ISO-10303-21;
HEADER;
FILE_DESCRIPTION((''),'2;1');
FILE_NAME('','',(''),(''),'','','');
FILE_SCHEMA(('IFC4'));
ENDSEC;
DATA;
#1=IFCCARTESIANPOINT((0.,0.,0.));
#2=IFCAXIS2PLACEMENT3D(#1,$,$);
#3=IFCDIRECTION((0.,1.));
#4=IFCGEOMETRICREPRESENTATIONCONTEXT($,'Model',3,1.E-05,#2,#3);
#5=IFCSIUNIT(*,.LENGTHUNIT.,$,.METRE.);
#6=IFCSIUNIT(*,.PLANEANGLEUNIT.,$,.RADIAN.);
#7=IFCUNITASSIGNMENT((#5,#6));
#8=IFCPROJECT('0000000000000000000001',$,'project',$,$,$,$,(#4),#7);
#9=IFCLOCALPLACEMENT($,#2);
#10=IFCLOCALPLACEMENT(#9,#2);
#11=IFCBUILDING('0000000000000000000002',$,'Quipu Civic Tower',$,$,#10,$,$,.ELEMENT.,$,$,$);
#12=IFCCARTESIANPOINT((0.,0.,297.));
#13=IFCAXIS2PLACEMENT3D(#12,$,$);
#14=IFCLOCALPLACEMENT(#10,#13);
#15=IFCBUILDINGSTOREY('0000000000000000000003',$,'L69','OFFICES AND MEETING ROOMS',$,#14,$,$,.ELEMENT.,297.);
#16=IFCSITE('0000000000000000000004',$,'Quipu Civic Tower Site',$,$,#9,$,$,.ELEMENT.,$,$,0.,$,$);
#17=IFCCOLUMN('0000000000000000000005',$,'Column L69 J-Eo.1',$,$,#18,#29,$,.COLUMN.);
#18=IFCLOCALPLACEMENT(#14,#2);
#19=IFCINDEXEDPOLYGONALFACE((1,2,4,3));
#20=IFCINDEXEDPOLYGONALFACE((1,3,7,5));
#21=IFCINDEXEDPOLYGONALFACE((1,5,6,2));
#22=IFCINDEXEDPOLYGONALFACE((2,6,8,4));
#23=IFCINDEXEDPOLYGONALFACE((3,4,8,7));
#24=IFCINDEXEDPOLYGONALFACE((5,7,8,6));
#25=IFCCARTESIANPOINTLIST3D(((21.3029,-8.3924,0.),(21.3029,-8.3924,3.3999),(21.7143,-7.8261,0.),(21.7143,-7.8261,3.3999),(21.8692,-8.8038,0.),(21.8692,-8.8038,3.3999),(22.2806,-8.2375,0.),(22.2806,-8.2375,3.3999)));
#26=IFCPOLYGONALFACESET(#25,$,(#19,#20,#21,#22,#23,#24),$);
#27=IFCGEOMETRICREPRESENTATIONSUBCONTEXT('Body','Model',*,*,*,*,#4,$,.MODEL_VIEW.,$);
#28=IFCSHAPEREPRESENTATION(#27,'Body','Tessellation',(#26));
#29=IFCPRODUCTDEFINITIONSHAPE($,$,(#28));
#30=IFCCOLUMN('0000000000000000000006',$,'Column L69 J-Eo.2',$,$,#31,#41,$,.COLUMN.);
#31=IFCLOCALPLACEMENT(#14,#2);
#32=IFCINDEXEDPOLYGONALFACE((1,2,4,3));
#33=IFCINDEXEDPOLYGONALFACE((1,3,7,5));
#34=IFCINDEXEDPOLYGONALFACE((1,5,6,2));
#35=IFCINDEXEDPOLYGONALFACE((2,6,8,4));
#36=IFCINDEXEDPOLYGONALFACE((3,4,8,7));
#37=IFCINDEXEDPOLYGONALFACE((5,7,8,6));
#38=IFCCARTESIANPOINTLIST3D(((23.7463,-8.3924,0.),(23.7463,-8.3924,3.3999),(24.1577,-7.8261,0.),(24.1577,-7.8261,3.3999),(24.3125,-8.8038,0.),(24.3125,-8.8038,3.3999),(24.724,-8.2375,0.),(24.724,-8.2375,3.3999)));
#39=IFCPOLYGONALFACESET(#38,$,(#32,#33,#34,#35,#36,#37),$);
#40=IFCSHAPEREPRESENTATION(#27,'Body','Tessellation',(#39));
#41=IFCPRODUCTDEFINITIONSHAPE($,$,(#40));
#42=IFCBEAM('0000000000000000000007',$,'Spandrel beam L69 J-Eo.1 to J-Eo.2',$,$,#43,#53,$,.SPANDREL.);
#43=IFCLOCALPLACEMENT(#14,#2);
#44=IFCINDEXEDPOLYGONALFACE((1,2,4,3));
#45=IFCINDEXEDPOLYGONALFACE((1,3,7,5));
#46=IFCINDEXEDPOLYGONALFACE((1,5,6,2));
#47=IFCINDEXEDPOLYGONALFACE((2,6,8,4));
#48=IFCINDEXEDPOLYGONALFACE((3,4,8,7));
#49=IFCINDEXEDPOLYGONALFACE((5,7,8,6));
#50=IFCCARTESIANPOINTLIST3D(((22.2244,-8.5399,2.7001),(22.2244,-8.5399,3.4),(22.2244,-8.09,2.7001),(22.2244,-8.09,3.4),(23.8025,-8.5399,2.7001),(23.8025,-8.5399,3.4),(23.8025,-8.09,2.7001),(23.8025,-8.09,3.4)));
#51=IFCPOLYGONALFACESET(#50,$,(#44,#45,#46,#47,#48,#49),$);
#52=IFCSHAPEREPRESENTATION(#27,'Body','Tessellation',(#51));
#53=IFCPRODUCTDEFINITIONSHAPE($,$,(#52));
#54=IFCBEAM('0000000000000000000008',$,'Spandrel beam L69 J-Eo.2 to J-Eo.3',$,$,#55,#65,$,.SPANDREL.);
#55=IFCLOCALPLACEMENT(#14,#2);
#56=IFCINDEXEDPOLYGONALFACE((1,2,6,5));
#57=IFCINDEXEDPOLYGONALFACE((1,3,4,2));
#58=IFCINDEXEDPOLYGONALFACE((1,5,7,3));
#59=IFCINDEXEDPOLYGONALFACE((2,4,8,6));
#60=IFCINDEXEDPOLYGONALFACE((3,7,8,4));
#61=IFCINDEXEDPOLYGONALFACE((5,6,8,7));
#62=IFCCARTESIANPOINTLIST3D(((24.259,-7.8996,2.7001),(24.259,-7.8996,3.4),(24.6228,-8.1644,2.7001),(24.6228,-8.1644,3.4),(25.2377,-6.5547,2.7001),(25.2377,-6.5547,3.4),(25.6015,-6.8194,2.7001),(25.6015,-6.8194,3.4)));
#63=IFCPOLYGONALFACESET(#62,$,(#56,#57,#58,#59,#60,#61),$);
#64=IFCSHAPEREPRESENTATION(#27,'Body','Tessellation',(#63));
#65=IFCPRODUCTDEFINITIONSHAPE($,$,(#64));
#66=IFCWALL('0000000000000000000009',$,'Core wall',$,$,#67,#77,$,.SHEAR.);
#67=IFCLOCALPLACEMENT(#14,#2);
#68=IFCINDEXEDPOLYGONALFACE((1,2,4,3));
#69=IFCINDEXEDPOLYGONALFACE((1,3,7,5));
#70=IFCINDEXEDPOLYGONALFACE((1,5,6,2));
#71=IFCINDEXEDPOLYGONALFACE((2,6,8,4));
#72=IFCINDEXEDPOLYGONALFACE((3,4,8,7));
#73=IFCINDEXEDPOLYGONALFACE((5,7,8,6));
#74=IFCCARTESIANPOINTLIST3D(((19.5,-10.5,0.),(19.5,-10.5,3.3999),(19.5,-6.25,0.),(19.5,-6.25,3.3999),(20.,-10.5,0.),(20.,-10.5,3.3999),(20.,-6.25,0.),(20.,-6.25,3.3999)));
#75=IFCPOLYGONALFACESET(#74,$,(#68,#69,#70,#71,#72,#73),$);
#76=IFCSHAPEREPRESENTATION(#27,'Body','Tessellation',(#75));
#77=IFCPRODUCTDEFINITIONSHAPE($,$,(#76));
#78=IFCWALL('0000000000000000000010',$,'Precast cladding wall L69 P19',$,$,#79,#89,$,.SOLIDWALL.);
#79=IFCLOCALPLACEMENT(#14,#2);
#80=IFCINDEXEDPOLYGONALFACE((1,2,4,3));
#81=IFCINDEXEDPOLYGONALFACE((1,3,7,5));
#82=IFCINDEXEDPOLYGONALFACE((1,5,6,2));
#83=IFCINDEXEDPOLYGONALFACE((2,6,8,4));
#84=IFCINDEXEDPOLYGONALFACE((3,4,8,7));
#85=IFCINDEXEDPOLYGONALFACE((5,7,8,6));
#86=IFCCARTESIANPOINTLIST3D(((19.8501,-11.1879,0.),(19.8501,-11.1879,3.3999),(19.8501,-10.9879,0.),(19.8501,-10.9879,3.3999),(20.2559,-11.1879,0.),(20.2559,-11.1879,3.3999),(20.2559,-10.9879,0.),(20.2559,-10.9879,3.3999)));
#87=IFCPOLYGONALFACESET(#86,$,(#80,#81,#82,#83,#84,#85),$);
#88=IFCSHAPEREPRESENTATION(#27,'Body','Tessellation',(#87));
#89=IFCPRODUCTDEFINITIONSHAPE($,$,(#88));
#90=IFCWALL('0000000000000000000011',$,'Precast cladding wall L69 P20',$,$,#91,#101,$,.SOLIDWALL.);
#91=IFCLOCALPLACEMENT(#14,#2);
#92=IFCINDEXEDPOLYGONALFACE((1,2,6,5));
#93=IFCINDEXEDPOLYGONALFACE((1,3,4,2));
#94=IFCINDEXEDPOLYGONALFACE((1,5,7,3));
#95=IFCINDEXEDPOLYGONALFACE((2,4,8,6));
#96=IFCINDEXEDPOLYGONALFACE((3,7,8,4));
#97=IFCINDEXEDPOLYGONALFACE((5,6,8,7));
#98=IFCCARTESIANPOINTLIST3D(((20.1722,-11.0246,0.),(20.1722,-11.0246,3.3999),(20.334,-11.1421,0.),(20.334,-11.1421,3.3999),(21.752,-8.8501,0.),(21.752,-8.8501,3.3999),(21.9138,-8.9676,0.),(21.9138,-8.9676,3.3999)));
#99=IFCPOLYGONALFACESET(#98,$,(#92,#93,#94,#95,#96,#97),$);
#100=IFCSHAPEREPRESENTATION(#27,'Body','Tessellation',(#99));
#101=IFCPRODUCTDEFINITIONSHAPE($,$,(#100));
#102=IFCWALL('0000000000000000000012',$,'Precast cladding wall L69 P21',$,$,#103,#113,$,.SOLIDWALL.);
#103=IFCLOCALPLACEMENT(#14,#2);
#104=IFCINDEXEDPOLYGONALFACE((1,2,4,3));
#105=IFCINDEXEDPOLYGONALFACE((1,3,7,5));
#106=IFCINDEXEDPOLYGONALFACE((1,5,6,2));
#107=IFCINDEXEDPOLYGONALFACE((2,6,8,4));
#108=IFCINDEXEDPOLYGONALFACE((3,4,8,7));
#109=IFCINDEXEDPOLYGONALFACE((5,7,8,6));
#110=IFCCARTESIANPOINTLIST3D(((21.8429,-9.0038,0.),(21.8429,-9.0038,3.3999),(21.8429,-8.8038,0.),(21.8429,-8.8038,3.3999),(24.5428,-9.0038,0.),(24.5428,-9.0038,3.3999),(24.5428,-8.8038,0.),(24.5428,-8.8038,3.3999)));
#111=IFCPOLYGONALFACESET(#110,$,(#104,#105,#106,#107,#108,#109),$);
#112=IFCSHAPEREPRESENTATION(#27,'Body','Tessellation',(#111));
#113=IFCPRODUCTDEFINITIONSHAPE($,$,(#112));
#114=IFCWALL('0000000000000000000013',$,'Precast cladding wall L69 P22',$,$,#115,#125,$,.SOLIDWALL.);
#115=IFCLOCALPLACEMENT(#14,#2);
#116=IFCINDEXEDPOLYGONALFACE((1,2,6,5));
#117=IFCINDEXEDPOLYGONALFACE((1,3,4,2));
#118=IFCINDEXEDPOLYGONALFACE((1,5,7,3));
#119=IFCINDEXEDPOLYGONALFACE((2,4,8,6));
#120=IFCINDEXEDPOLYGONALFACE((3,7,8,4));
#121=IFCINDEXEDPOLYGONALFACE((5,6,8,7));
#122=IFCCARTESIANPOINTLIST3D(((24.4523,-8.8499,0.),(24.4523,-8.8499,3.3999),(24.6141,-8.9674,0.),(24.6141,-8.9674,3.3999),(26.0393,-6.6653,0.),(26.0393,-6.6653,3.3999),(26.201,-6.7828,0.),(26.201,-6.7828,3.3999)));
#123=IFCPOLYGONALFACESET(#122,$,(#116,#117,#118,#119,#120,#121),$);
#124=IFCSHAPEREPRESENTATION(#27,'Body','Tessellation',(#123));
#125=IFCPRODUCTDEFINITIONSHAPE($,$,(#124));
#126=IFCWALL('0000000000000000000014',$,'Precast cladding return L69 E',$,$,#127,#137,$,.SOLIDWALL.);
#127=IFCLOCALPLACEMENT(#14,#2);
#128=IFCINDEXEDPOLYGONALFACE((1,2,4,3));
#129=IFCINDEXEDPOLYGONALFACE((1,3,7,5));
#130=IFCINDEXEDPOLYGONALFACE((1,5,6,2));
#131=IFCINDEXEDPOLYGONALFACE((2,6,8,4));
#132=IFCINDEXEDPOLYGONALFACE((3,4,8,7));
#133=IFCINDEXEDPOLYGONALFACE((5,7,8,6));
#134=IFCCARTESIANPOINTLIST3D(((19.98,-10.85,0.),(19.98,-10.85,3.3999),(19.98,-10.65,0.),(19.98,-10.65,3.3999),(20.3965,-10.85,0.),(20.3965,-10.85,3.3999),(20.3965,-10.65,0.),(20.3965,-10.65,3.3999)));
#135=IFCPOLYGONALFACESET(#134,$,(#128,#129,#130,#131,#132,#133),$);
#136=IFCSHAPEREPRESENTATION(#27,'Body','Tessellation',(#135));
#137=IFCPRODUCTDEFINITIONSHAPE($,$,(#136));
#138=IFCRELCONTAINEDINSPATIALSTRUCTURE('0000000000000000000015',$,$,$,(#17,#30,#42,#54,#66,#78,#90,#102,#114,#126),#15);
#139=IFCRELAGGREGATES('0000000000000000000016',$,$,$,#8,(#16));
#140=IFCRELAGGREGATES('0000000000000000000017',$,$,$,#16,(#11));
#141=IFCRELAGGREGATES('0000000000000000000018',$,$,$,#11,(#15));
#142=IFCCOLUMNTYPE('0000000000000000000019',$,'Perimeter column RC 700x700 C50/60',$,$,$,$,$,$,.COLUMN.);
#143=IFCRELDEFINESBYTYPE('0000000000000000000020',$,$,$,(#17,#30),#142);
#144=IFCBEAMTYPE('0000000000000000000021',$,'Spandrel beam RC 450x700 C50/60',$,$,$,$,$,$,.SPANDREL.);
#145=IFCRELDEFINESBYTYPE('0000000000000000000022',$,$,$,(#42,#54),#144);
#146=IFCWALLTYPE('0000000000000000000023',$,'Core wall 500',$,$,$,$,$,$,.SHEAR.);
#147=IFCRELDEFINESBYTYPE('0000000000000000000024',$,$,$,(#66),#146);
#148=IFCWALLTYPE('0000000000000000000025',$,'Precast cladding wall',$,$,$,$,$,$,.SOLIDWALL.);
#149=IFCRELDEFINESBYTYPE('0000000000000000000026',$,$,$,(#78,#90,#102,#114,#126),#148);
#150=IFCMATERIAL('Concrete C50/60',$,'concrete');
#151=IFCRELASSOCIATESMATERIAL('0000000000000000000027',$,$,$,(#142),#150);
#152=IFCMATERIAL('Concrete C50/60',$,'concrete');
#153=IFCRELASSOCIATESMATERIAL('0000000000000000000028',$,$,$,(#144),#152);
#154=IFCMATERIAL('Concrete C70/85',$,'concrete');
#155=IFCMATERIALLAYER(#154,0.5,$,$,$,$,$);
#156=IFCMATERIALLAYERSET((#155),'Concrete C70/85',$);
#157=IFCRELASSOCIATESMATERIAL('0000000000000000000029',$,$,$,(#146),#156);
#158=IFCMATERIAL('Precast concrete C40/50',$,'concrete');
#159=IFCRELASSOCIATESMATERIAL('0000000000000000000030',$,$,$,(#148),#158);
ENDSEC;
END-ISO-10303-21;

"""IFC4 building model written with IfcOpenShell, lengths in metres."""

from ifc_helpers import new_model, si_unit, direction, frame, frame_2d, origin, origin_2d, place, context, subcontext, project, spatial, rectangle, extrude, material, layer, layer_set, material_profile, profile_set, type_object, element, save


model = new_model("IFC4")

# Units and contexts
model_context = context("Model", 3, precision=1e-05, world=origin(), true_north=direction((0.0, 1.0)))
body_context = subcontext(model_context, "Body", "Model", "MODEL_VIEW")
ifc_project = project(units=[si_unit("LENGTHUNIT", "METRE"), si_unit("PLANEANGLEUNIT", "RADIAN")], contexts=[model_context])

# Site, building, storey
site_placement = place(None, origin())
site = spatial("IfcSite", under=ifc_project, at=site_placement, Name="Quipu Civic Tower Site", CompositionType="ELEMENT", RefElevation=0.0)
building_placement = place(site_placement, origin())
building = spatial("IfcBuilding", under=site, at=building_placement, Name="Quipu Civic Tower", CompositionType="ELEMENT")
storey_placement = place(building_placement, frame((0.0, 0.0, 297.0)))
storey = spatial("IfcBuildingStorey", under=building, at=storey_placement, Name="L69", Description="OFFICES AND MEETING ROOMS", CompositionType="ELEMENT", Elevation=297.0)

# Columns
ifc_material_1 = material(Name="Concrete C50/60", Category="concrete")
ifc_material_profile_1 = material_profile(ifc_material_1, rectangle(XDim=0.7, YDim=0.7, at=origin_2d()), Name="RC700x700")
ifc_profile_set_1 = profile_set([ifc_material_profile_1], Name="Concrete C50/60")
column_type = type_object("IfcColumnType", Name="Perimeter column RC 700x700 C50/60", PredefinedType="COLUMN", material=ifc_profile_set_1)
for number, where, z_axis, x_axis, name in (
    (1, (21.7917, -8.3149, 0.0), (0.0, 0.0, 1.0), (0.587785, 0.809017, 0.0), "Column L69 J-Eo.1"),
    (2, (24.2351, -8.3149, 0.0), (0.0, 0.0, 1.0), (0.587785, 0.809017, 0.0), "Column L69 J-Eo.2"),
):
    element("IfcColumn", number, at=place(storey_placement, frame(where, z_axis=z_axis, x_axis=x_axis)), inside=storey, type_object=column_type, Name=name, PredefinedType="COLUMN", context=body_context, shape_type="SweptSolid", body=[
        extrude(rectangle(XDim=0.7, YDim=0.7, at=origin_2d()), origin(), (0.0, 0.0, 1.0), 3.3999),
    ])

# Beams
ifc_material_2 = material(Name="Concrete C50/60", Category="concrete")
ifc_material_profile_2 = material_profile(ifc_material_2, rectangle(XDim=0.45, YDim=0.7, at=origin_2d()), Name="RC450x700")
ifc_profile_set_2 = profile_set([ifc_material_profile_2], Name="Concrete C50/60")
beam_type = type_object("IfcBeamType", Name="Spandrel beam RC 450x700 C50/60", PredefinedType="SPANDREL", material=ifc_profile_set_2)
beam_1_placement = place(storey_placement, frame((22.2244, -8.3149, 3.05), z_axis=(1.0, 0.0, 0.0), x_axis=(0.0, 1.0, 0.0)))
element("IfcBeam", 3, at=beam_1_placement, inside=storey, type_object=beam_type, Name="Spandrel beam L69 J-Eo.1 to J-Eo.2", PredefinedType="SPANDREL", context=body_context, shape_type="SweptSolid", body=[
    extrude(rectangle(XDim=0.45, YDim=0.7, at=origin_2d()), origin(), (0.0, 0.0, 1.0), 1.5781),
])
beam_2_placement = place(storey_placement, frame((24.4409, -8.032, 3.05), z_axis=(0.588407, 0.808565, 0.0), x_axis=(-0.808565, 0.588407, 0.0)))
element("IfcBeam", 4, at=beam_2_placement, inside=storey, type_object=beam_type, Name="Spandrel beam L69 J-Eo.2 to J-Eo.3", PredefinedType="SPANDREL", context=body_context, shape_type="SweptSolid", body=[
    extrude(rectangle(XDim=0.45, YDim=0.7, at=origin_2d()), origin(), (0.0, 0.0, 1.0), 1.6633),
])

# Walls
ifc_material_3 = material(Name="Concrete C70/85", Category="concrete")
ifc_layer = layer(ifc_material_3, 0.5)
ifc_layer_set = layer_set([ifc_layer], Name="Concrete C70/85")
wall_type_1 = type_object("IfcWallType", Name="Core wall 500", PredefinedType="SHEAR", material=ifc_layer_set)
wall_1_placement = place(storey_placement, frame((19.75, -10.5, 0.0), z_axis=(0.0, 0.0, 1.0), x_axis=(0.0, 1.0, 0.0)))
element("IfcWall", 5, at=wall_1_placement, inside=storey, type_object=wall_type_1, Name="Core wall", PredefinedType="SHEAR", context=body_context, shape_type="SweptSolid", body=[
    extrude(rectangle(XDim=4.25, YDim=0.5, at=frame_2d((2.125, 0.0))), origin(), (0.0, 0.0, 1.0), 3.3999),
])
ifc_material_4 = material(Name="Precast concrete C40/50", Category="concrete")
wall_type_2 = type_object("IfcWallType", Name="Precast cladding wall", PredefinedType="SOLIDWALL", material=ifc_material_4)
wall_2_placement = place(storey_placement, frame((19.8501, -11.0879, 0.0), z_axis=(0.0, 0.0, 1.0), x_axis=(1.0, 0.0, 0.0)))
element("IfcWall", 6, at=wall_2_placement, inside=storey, type_object=wall_type_2, Name="Precast cladding wall L69 P19", PredefinedType="SOLIDWALL", context=body_context, shape_type="SweptSolid", body=[
    extrude(rectangle(XDim=0.4058, YDim=0.2, at=frame_2d((0.2029, 0.0))), origin(), (0.0, 0.0, 1.0), 3.3999),
])
wall_3_placement = place(storey_placement, frame((20.2532, -11.0833, 0.0), z_axis=(0.0, 0.0, 1.0), x_axis=(0.587767, 0.809031, 0.0)))
element("IfcWall", 7, at=wall_3_placement, inside=storey, type_object=wall_type_2, Name="Precast cladding wall L69 P20", PredefinedType="SOLIDWALL", context=body_context, shape_type="SweptSolid", body=[
    extrude(rectangle(XDim=2.6877, YDim=0.2, at=frame_2d((1.3438, 0.0))), origin(), (0.0, 0.0, 1.0), 3.3999),
])
wall_4_placement = place(storey_placement, frame((21.8428, -8.9038, 0.0), z_axis=(0.0, 0.0, 1.0), x_axis=(1.0, 0.0, 0.0)))
element("IfcWall", 8, at=wall_4_placement, inside=storey, type_object=wall_type_2, Name="Precast cladding wall L69 P21", PredefinedType="SOLIDWALL", context=body_context, shape_type="SweptSolid", body=[
    extrude(rectangle(XDim=2.7, YDim=0.2, at=frame_2d((1.3501, 0.0))), origin(), (0.0, 0.0, 1.0), 3.3999),
])
wall_5_placement = place(storey_placement, frame((24.5332, -8.9087, 0.0), z_axis=(0.0, 0.0, 1.0), x_axis=(0.58772, 0.809064, 0.0)))
element("IfcWall", 9, at=wall_5_placement, inside=storey, type_object=wall_type_2, Name="Precast cladding wall L69 P22", PredefinedType="SOLIDWALL", context=body_context, shape_type="SweptSolid", body=[
    extrude(rectangle(XDim=2.7002, YDim=0.2, at=frame_2d((1.3501, 0.0))), origin(), (0.0, 0.0, 1.0), 3.3999),
])
wall_6_placement = place(storey_placement, frame((19.98, -10.75, 0.0), z_axis=(0.0, 0.0, 1.0), x_axis=(1.0, 0.0, 0.0)))
element("IfcWall", 10, at=wall_6_placement, inside=storey, type_object=wall_type_2, Name="Precast cladding return L69 E", PredefinedType="SOLIDWALL", context=body_context, shape_type="SweptSolid", body=[
    extrude(rectangle(XDim=0.4165, YDim=0.2, at=frame_2d((0.2083, 0.0))), origin(), (0.0, 0.0, 1.0), 3.3999),
])

save(model, "model.ifc")
